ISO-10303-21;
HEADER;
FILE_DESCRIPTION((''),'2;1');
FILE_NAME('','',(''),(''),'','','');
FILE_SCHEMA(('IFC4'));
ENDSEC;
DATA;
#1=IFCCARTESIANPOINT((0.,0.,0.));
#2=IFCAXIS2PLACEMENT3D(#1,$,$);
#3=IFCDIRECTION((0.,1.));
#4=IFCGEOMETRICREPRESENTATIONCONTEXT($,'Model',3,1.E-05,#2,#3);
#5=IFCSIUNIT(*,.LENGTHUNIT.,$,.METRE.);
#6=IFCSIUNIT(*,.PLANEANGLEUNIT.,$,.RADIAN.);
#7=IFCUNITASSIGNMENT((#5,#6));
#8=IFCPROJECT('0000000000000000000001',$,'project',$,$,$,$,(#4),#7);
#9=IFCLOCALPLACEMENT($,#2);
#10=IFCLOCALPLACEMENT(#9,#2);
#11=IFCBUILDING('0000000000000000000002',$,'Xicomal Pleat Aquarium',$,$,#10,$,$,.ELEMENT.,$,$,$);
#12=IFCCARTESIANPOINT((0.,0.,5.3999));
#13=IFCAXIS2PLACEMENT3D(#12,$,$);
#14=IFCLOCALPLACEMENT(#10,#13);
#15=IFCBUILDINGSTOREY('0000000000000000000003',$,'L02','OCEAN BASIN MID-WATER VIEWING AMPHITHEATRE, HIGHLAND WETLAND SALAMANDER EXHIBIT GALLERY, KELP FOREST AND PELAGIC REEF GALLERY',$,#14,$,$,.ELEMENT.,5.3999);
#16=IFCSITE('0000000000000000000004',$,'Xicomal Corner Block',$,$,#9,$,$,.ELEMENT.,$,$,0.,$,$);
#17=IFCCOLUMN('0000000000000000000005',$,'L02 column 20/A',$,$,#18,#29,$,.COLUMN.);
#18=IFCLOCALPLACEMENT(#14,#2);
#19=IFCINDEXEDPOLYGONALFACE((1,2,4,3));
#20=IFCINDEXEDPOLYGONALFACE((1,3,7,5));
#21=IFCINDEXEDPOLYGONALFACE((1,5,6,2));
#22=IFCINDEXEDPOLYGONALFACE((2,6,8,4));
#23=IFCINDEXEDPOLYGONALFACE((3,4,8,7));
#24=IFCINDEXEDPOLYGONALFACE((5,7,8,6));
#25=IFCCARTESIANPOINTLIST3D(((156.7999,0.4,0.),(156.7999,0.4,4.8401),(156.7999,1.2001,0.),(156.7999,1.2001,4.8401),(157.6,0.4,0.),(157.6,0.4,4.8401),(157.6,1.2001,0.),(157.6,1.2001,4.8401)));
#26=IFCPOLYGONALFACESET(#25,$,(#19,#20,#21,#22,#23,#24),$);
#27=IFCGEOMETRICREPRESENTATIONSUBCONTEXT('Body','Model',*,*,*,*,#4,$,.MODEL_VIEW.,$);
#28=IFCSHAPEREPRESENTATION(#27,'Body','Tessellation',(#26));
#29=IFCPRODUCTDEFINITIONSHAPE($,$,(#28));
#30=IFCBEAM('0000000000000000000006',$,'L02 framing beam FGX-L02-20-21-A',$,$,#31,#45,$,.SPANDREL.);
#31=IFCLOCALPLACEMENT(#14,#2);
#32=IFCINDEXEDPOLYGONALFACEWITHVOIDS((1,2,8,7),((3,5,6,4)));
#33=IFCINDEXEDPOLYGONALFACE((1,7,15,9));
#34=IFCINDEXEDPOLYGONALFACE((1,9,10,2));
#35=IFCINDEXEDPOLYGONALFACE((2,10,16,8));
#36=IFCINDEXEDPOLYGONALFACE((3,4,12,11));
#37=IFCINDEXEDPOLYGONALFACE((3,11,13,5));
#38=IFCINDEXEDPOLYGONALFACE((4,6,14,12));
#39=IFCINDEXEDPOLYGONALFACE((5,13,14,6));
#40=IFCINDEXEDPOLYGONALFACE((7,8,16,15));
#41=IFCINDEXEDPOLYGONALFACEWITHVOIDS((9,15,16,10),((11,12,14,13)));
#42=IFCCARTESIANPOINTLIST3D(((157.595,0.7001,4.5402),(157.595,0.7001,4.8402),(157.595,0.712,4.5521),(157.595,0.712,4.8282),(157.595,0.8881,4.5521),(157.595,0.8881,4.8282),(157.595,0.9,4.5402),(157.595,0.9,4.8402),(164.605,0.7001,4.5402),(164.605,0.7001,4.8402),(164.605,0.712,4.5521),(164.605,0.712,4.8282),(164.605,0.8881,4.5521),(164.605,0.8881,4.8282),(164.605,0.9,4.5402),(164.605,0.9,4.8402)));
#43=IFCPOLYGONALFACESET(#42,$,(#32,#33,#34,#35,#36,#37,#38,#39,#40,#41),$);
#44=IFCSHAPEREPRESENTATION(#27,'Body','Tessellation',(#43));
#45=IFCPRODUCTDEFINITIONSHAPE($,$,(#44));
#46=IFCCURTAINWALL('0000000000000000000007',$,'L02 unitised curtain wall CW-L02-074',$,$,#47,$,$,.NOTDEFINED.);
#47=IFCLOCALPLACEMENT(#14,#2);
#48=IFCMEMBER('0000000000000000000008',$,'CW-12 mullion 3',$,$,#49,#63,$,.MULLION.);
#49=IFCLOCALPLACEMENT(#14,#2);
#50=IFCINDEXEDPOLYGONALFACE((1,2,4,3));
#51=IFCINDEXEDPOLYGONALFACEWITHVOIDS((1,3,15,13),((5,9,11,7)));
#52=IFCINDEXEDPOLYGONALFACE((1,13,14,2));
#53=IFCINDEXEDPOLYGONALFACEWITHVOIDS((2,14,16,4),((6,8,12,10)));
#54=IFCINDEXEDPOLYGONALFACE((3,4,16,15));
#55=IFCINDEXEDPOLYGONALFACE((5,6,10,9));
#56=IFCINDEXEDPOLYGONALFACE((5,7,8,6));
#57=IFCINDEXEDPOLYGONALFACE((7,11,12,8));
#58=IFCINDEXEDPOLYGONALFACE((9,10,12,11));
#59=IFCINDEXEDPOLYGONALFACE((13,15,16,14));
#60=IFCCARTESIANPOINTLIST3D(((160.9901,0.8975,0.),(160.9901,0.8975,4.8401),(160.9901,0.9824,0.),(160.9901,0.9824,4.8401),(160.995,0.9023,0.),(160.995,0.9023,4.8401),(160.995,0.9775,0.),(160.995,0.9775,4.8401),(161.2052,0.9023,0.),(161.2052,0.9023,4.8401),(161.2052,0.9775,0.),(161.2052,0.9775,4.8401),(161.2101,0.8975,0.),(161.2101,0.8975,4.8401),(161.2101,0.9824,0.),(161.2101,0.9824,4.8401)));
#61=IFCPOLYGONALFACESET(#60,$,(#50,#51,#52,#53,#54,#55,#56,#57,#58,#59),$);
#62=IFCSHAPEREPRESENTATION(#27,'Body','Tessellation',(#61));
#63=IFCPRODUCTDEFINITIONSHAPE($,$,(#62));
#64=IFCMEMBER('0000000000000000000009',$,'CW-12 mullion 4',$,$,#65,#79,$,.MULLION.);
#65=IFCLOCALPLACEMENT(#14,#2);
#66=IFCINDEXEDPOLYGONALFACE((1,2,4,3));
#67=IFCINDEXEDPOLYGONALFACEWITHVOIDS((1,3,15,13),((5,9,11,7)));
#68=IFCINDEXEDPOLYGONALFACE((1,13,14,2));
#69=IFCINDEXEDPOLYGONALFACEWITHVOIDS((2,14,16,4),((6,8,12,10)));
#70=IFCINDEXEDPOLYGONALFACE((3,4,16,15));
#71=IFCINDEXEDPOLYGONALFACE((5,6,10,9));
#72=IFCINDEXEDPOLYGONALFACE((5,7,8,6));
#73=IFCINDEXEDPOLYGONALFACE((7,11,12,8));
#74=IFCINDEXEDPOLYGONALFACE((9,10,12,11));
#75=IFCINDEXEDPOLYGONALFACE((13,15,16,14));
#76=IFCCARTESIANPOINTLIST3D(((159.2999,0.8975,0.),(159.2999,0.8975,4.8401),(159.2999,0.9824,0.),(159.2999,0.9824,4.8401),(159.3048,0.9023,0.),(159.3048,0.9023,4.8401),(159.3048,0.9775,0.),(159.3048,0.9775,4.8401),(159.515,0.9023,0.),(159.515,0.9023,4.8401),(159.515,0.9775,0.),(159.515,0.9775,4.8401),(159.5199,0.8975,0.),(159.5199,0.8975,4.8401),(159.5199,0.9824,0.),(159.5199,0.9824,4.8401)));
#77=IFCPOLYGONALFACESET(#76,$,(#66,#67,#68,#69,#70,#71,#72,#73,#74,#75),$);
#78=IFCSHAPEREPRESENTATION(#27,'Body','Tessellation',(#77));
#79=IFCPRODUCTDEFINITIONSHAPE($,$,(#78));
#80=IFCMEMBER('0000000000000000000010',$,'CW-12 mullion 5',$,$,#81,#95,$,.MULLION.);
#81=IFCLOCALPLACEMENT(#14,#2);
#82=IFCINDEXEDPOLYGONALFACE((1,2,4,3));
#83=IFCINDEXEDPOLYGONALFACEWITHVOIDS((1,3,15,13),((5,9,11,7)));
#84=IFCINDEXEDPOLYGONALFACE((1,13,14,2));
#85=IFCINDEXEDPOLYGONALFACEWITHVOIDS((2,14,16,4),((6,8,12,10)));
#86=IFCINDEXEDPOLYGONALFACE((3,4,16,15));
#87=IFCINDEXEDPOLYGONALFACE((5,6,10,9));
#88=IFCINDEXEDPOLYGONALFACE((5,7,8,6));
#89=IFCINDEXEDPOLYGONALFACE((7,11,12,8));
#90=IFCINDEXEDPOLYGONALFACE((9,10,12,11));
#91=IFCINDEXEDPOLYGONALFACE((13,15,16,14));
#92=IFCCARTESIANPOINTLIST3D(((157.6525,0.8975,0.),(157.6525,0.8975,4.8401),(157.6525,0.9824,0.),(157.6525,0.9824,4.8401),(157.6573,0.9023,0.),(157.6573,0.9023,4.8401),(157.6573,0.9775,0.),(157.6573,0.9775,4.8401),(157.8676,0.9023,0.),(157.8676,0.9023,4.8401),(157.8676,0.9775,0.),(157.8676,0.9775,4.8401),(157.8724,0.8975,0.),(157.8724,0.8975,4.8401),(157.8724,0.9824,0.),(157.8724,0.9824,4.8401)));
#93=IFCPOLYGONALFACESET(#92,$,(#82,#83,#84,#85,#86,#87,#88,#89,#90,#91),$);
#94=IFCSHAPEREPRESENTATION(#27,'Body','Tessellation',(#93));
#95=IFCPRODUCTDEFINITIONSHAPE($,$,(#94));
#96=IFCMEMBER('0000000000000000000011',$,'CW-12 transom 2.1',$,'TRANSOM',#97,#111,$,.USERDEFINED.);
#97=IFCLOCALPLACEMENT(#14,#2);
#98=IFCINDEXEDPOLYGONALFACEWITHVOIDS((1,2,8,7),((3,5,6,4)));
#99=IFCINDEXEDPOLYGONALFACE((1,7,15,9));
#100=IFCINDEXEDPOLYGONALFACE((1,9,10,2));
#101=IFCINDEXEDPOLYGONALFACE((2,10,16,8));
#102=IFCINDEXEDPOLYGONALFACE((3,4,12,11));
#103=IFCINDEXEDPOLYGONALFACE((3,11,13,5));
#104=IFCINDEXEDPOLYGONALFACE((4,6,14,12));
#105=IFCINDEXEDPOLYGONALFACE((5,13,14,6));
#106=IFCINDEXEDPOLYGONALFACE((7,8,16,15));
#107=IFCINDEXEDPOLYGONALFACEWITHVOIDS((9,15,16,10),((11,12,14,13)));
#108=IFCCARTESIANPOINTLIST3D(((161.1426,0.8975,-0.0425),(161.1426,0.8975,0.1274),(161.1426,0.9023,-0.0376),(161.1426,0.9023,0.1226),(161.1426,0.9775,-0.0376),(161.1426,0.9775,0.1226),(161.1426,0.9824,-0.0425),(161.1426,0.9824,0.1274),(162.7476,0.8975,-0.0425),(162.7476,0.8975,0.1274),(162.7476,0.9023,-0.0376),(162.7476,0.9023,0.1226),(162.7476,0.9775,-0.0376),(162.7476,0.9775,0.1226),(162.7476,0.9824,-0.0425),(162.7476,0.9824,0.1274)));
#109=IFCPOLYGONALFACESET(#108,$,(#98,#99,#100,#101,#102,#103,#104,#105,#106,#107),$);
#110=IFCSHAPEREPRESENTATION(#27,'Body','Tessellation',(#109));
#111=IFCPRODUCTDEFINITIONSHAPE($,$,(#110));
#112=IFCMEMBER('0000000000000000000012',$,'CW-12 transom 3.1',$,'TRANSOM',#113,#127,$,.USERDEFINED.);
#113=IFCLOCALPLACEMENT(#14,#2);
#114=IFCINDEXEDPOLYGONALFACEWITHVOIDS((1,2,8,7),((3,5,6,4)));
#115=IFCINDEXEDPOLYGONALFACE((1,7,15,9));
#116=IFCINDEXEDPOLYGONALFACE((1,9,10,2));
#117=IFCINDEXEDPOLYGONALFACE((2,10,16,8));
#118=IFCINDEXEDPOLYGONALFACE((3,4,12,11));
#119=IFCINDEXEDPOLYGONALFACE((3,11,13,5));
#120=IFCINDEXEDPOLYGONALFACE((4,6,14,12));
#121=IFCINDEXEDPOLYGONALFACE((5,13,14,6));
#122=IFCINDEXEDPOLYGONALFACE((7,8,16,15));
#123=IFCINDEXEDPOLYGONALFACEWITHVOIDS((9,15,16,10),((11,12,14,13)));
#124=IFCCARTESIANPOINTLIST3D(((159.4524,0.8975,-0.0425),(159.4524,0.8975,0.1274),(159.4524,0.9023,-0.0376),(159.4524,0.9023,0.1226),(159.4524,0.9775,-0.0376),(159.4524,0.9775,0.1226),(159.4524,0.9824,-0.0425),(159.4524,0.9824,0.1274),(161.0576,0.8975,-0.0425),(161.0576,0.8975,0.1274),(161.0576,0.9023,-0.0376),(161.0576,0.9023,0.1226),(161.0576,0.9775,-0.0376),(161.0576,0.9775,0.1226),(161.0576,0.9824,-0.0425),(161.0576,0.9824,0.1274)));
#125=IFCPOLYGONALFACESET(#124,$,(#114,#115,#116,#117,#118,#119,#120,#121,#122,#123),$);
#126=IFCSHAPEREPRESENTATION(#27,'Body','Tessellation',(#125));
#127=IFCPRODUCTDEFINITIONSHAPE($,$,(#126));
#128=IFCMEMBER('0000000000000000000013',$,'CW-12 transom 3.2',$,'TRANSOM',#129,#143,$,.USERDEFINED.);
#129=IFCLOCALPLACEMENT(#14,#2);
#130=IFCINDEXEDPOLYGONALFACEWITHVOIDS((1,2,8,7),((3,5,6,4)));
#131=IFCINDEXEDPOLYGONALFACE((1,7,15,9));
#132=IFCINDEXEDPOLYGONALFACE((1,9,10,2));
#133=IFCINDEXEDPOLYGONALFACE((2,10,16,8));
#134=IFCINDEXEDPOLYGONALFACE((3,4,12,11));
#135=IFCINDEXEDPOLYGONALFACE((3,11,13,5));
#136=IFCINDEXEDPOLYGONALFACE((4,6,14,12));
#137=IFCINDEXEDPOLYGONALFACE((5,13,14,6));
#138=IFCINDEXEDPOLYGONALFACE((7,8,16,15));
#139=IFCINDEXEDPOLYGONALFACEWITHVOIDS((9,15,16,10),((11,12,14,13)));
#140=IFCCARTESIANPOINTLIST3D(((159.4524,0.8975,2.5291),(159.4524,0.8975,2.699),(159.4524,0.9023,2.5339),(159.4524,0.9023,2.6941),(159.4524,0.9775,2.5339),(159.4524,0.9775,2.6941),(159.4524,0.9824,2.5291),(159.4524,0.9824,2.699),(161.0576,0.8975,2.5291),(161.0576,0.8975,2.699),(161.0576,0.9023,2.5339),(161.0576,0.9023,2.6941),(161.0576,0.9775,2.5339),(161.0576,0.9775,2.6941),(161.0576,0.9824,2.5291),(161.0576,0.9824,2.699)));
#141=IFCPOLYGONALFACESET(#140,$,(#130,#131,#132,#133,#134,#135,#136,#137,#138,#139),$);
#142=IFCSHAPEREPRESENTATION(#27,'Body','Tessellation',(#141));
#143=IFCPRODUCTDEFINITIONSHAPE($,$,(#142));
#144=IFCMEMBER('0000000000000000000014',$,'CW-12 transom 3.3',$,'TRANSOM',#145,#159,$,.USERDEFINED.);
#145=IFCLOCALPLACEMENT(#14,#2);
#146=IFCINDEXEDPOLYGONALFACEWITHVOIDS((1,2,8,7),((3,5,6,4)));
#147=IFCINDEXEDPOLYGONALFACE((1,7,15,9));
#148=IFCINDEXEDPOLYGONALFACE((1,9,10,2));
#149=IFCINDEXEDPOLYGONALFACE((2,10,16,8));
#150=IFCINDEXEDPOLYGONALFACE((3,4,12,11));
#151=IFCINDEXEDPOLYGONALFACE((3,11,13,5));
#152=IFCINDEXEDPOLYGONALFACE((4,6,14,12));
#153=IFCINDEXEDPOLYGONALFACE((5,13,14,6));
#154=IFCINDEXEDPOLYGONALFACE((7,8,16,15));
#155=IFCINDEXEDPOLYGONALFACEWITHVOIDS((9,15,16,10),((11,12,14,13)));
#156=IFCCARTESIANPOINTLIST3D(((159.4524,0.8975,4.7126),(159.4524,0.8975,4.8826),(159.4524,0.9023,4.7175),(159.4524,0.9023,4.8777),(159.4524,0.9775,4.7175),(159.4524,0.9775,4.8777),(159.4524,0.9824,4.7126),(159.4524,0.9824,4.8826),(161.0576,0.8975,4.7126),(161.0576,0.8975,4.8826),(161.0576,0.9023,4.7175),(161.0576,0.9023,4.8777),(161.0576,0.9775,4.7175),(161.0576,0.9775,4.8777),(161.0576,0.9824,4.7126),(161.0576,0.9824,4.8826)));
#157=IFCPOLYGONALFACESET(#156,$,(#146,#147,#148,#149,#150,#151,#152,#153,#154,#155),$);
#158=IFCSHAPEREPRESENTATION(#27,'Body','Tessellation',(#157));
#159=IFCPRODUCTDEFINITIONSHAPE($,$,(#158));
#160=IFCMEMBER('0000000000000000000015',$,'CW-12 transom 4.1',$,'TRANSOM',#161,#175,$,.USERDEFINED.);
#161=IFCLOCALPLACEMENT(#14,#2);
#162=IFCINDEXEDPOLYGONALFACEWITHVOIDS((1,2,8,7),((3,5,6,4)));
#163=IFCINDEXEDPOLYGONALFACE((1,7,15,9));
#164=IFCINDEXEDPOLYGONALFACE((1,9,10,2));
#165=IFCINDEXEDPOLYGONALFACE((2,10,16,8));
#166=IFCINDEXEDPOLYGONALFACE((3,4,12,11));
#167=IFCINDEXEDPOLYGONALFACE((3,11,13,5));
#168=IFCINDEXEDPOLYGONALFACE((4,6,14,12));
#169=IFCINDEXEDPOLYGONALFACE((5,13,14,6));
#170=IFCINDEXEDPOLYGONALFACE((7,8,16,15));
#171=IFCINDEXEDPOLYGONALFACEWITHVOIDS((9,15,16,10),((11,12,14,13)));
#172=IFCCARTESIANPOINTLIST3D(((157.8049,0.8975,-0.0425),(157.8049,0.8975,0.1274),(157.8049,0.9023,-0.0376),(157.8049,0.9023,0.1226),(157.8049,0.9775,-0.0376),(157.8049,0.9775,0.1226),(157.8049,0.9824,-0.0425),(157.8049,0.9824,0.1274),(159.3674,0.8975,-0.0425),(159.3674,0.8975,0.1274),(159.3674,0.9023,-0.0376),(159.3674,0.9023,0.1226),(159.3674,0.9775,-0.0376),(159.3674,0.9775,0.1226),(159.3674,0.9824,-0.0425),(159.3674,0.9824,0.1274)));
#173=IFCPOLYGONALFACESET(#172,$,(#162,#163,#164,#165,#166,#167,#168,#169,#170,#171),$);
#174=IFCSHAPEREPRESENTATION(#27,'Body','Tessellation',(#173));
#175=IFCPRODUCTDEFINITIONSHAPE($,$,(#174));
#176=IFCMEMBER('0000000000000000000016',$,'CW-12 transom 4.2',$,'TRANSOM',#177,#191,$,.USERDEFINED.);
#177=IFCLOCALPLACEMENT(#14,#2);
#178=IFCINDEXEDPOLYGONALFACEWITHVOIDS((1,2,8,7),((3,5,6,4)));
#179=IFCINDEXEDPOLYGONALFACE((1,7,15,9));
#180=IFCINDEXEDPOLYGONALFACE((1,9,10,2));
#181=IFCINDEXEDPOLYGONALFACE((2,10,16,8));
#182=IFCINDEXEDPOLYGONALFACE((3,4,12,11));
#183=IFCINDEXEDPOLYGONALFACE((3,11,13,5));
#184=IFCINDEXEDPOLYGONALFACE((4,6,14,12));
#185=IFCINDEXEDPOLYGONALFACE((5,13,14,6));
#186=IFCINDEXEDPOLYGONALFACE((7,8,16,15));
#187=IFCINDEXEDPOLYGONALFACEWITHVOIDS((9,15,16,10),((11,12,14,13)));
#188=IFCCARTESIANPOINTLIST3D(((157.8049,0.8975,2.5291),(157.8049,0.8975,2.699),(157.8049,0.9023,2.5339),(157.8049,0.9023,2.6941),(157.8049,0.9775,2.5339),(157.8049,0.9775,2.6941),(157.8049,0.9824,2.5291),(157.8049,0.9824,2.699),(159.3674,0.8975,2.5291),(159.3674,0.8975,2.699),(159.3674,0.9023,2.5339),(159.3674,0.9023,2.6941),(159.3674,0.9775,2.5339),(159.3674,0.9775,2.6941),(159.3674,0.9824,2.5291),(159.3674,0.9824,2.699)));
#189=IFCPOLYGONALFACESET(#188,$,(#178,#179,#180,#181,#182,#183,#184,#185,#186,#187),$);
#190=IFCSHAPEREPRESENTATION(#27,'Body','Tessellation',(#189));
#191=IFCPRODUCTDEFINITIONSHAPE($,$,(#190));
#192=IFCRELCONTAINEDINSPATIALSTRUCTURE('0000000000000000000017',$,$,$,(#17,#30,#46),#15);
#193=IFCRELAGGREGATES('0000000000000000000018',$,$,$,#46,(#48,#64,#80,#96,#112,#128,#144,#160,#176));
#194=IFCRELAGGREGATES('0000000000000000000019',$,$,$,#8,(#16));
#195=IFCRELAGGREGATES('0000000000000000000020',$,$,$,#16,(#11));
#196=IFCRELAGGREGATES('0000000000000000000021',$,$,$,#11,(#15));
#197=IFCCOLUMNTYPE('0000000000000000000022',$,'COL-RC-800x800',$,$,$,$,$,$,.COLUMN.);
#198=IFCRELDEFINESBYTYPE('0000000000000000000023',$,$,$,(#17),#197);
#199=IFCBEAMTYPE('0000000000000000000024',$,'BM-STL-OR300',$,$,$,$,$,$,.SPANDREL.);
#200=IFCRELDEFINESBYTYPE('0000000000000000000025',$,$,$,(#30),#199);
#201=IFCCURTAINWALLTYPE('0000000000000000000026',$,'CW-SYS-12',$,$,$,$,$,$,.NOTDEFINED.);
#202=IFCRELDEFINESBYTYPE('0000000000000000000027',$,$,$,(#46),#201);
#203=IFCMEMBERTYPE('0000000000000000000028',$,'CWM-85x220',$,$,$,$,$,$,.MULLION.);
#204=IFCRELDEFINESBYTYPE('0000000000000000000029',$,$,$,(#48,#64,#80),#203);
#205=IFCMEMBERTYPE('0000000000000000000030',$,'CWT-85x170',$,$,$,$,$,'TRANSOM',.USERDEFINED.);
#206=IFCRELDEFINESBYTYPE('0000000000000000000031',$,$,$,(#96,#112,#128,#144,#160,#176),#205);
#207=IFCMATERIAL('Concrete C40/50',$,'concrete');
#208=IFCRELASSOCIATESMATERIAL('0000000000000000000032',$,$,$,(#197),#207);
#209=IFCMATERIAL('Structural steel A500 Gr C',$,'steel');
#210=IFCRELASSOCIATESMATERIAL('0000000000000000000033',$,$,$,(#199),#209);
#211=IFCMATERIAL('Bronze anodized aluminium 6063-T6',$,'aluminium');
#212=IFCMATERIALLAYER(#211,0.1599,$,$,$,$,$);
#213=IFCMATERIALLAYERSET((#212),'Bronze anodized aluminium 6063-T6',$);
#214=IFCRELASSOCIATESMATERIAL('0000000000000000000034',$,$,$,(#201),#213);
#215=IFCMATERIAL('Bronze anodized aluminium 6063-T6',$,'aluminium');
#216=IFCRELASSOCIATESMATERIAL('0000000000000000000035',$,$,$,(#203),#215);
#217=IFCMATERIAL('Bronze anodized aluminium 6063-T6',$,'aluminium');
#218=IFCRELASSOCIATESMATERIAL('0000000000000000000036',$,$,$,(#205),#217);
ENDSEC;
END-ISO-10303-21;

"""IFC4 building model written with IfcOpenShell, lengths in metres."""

from ifc_helpers import new_model, si_unit, direction, frame, origin, origin_2d, place, context, subcontext, project, spatial, rectangle, hollow_rectangle, extrude, material, layer, layer_set, material_profile, profile_set, type_object, element, aggregate, save


model = new_model("IFC4")

# Units and contexts
model_context = context("Model", 3, precision=1e-05, world=origin(), true_north=direction((0.0, 1.0)))
body_context = subcontext(model_context, "Body", "Model", "MODEL_VIEW")
ifc_project = project(units=[si_unit("LENGTHUNIT", "METRE"), si_unit("PLANEANGLEUNIT", "RADIAN")], contexts=[model_context])

# Site, building, storey
site_placement = place(None, origin())
site = spatial("IfcSite", under=ifc_project, at=site_placement, Name="Xicomal Corner Block", CompositionType="ELEMENT", RefElevation=0.0)
building_placement = place(site_placement, origin())
building = spatial("IfcBuilding", under=site, at=building_placement, Name="Xicomal Pleat Aquarium", CompositionType="ELEMENT")
storey_placement = place(building_placement, frame((0.0, 0.0, 5.3999)))
storey = spatial("IfcBuildingStorey", under=building, at=storey_placement, Name="L02", Description="OCEAN BASIN MID-WATER VIEWING AMPHITHEATRE, HIGHLAND WETLAND SALAMANDER EXHIBIT GALLERY, KELP FOREST AND PELAGIC REEF GALLERY", CompositionType="ELEMENT", Elevation=5.3999)

# Column
ifc_material_1 = material(Name="Concrete C40/50", Category="concrete")
ifc_material_profile_1 = material_profile(ifc_material_1, rectangle(XDim=0.8, YDim=0.8, at=origin_2d()), Name="RC 800x800")
ifc_profile_set_1 = profile_set([ifc_material_profile_1], Name="Concrete C40/50")
column_type = type_object("IfcColumnType", Name="COL-RC-800x800", PredefinedType="COLUMN", material=ifc_profile_set_1)
column_placement = place(storey_placement, frame((157.2, 0.8, 0.0), z_axis=(0.0, 0.0, 1.0), x_axis=(1.0, 0.0, 0.0)))
element("IfcColumn", 1, at=column_placement, inside=storey, type_object=column_type, Name="L02 column 20/A", PredefinedType="COLUMN", context=body_context, shape_type="SweptSolid", body=[
    extrude(rectangle(XDim=0.8, YDim=0.8, at=origin_2d()), origin(), (0.0, 0.0, 1.0), 4.8401),
])

# Beam
ifc_material_2 = material(Name="Structural steel A500 Gr C", Category="steel")
ifc_material_profile_2 = material_profile(ifc_material_2, hollow_rectangle(XDim=0.2, YDim=0.3, WallThickness=0.012, at=origin_2d()), Name="OR 300x200x12")
ifc_profile_set_2 = profile_set([ifc_material_profile_2], Name="Structural steel A500 Gr C")
beam_type = type_object("IfcBeamType", Name="BM-STL-OR300", PredefinedType="SPANDREL", material=ifc_profile_set_2)
beam_placement = place(storey_placement, frame((157.595, 0.8, 4.6902), z_axis=(1.0, 0.0, 0.0), x_axis=(0.0, 1.0, 0.0)))
element("IfcBeam", 2, at=beam_placement, inside=storey, type_object=beam_type, Name="L02 framing beam FGX-L02-20-21-A", PredefinedType="SPANDREL", context=body_context, shape_type="SweptSolid", body=[
    extrude(hollow_rectangle(XDim=0.2, YDim=0.3, WallThickness=0.012, at=origin_2d()), origin(), (0.0, 0.0, 1.0), 7.01),
])

# Curtain wall, members
ifc_material_3 = material(Name="Bronze anodized aluminium 6063-T6", Category="aluminium")
ifc_layer_1 = layer(ifc_material_3, 0.1599)
ifc_layer_set_1 = layer_set([ifc_layer_1], Name="Bronze anodized aluminium 6063-T6")
curtain_wall_type = type_object("IfcCurtainWallType", Name="CW-SYS-12", PredefinedType="NOTDEFINED", material=ifc_layer_set_1)
curtain_wall_placement = place(storey_placement, origin())
curtain_wall = element("IfcCurtainWall", 3, at=curtain_wall_placement, inside=storey, type_object=curtain_wall_type, Name="L02 unitised curtain wall CW-L02-074", PredefinedType="NOTDEFINED")
ifc_material_4 = material(Name="Bronze anodized aluminium 6063-T6", Category="aluminium")
ifc_material_profile_3 = material_profile(ifc_material_4, hollow_rectangle(XDim=0.085, YDim=0.22, WallThickness=0.0049, at=origin_2d()), Name="ALU MULL 85x220")
ifc_profile_set_3 = profile_set([ifc_material_profile_3], Name="Bronze anodized aluminium 6063-T6")
member_type_1 = type_object("IfcMemberType", Name="CWM-85x220", PredefinedType="MULLION", material=ifc_profile_set_3)
member_1_placement = place(storey_placement, frame((161.1001, 0.9399, 0.0), z_axis=(0.0, 0.0, 1.0), x_axis=(0.0, -1.0, 0.0)))
member_1 = element("IfcMember", 4, at=member_1_placement, type_object=member_type_1, Name="CW-12 mullion 3", PredefinedType="MULLION", context=body_context, shape_type="SweptSolid", body=[
    extrude(hollow_rectangle(XDim=0.085, YDim=0.22, WallThickness=0.0049, at=origin_2d()), origin(), (0.0, 0.0, 1.0), 4.8401),
])
member_2_placement = place(storey_placement, frame((159.4099, 0.9399, 0.0), z_axis=(0.0, 0.0, 1.0), x_axis=(0.0, -1.0, 0.0)))
member_2 = element("IfcMember", 5, at=member_2_placement, type_object=member_type_1, Name="CW-12 mullion 4", PredefinedType="MULLION", context=body_context, shape_type="SweptSolid", body=[
    extrude(hollow_rectangle(XDim=0.085, YDim=0.22, WallThickness=0.0049, at=origin_2d()), origin(), (0.0, 0.0, 1.0), 4.8401),
])
member_3_placement = place(storey_placement, frame((157.7625, 0.9399, 0.0), z_axis=(0.0, 0.0, 1.0), x_axis=(0.0, -1.0, 0.0)))
member_3 = element("IfcMember", 6, at=member_3_placement, type_object=member_type_1, Name="CW-12 mullion 5", PredefinedType="MULLION", context=body_context, shape_type="SweptSolid", body=[
    extrude(hollow_rectangle(XDim=0.085, YDim=0.22, WallThickness=0.0049, at=origin_2d()), origin(), (0.0, 0.0, 1.0), 4.8401),
])
ifc_material_5 = material(Name="Bronze anodized aluminium 6063-T6", Category="aluminium")
ifc_material_profile_4 = material_profile(ifc_material_5, hollow_rectangle(XDim=0.085, YDim=0.1699, WallThickness=0.0049, at=origin_2d()), Name="ALU TRAN 85x170")
ifc_profile_set_4 = profile_set([ifc_material_profile_4], Name="Bronze anodized aluminium 6063-T6")
member_type_2 = type_object("IfcMemberType", Name="CWT-85x170", ElementType="TRANSOM", PredefinedType="USERDEFINED", material=ifc_profile_set_4)
member_4_placement = place(storey_placement, frame((162.7476, 0.9399, 0.0425), z_axis=(-1.0, 0.0, 0.0), x_axis=(0.0, -1.0, 0.0)))
member_4 = element("IfcMember", 7, at=member_4_placement, type_object=member_type_2, Name="CW-12 transom 2.1", ObjectType="TRANSOM", PredefinedType="USERDEFINED", context=body_context, shape_type="SweptSolid", body=[
    extrude(hollow_rectangle(XDim=0.085, YDim=0.1699, WallThickness=0.0049, at=origin_2d()), origin(), (0.0, 0.0, 1.0), 1.605),
])
member_5_placement = place(storey_placement, frame((161.0576, 0.9399, 0.0425), z_axis=(-1.0, 0.0, 0.0), x_axis=(0.0, -1.0, 0.0)))
member_5 = element("IfcMember", 8, at=member_5_placement, type_object=member_type_2, Name="CW-12 transom 3.1", ObjectType="TRANSOM", PredefinedType="USERDEFINED", context=body_context, shape_type="SweptSolid", body=[
    extrude(hollow_rectangle(XDim=0.085, YDim=0.1699, WallThickness=0.0049, at=origin_2d()), origin(), (0.0, 0.0, 1.0), 1.6052),
])
member_6_placement = place(storey_placement, frame((161.0576, 0.9399, 2.614), z_axis=(-1.0, 0.0, 0.0), x_axis=(0.0, -1.0, 0.0)))
member_6 = element("IfcMember", 9, at=member_6_placement, type_object=member_type_2, Name="CW-12 transom 3.2", ObjectType="TRANSOM", PredefinedType="USERDEFINED", context=body_context, shape_type="SweptSolid", body=[
    extrude(hollow_rectangle(XDim=0.085, YDim=0.1699, WallThickness=0.0049, at=origin_2d()), origin(), (0.0, 0.0, 1.0), 1.6052),
])
member_7_placement = place(storey_placement, frame((161.0576, 0.9399, 4.7976), z_axis=(-1.0, 0.0, 0.0), x_axis=(0.0, -1.0, 0.0)))
member_7 = element("IfcMember", 10, at=member_7_placement, type_object=member_type_2, Name="CW-12 transom 3.3", ObjectType="TRANSOM", PredefinedType="USERDEFINED", context=body_context, shape_type="SweptSolid", body=[
    extrude(hollow_rectangle(XDim=0.085, YDim=0.1699, WallThickness=0.0049, at=origin_2d()), origin(), (0.0, 0.0, 1.0), 1.6052),
])
member_8_placement = place(storey_placement, frame((159.3674, 0.9399, 0.0425), z_axis=(-1.0, 0.0, 0.0), x_axis=(0.0, -1.0, 0.0)))
member_8 = element("IfcMember", 11, at=member_8_placement, type_object=member_type_2, Name="CW-12 transom 4.1", ObjectType="TRANSOM", PredefinedType="USERDEFINED", context=body_context, shape_type="SweptSolid", body=[
    extrude(hollow_rectangle(XDim=0.085, YDim=0.1699, WallThickness=0.0049, at=origin_2d()), origin(), (0.0, 0.0, 1.0), 1.5625),
])
member_9_placement = place(storey_placement, frame((159.3674, 0.9399, 2.614), z_axis=(-1.0, 0.0, 0.0), x_axis=(0.0, -1.0, 0.0)))
member_9 = element("IfcMember", 12, at=member_9_placement, type_object=member_type_2, Name="CW-12 transom 4.2", ObjectType="TRANSOM", PredefinedType="USERDEFINED", context=body_context, shape_type="SweptSolid", body=[
    extrude(hollow_rectangle(XDim=0.085, YDim=0.1699, WallThickness=0.0049, at=origin_2d()), origin(), (0.0, 0.0, 1.0), 1.5625),
])
aggregate(curtain_wall, [member_1, member_2, member_3, member_4, member_5, member_6, member_7, member_8, member_9])

save(model, "model.ifc")
